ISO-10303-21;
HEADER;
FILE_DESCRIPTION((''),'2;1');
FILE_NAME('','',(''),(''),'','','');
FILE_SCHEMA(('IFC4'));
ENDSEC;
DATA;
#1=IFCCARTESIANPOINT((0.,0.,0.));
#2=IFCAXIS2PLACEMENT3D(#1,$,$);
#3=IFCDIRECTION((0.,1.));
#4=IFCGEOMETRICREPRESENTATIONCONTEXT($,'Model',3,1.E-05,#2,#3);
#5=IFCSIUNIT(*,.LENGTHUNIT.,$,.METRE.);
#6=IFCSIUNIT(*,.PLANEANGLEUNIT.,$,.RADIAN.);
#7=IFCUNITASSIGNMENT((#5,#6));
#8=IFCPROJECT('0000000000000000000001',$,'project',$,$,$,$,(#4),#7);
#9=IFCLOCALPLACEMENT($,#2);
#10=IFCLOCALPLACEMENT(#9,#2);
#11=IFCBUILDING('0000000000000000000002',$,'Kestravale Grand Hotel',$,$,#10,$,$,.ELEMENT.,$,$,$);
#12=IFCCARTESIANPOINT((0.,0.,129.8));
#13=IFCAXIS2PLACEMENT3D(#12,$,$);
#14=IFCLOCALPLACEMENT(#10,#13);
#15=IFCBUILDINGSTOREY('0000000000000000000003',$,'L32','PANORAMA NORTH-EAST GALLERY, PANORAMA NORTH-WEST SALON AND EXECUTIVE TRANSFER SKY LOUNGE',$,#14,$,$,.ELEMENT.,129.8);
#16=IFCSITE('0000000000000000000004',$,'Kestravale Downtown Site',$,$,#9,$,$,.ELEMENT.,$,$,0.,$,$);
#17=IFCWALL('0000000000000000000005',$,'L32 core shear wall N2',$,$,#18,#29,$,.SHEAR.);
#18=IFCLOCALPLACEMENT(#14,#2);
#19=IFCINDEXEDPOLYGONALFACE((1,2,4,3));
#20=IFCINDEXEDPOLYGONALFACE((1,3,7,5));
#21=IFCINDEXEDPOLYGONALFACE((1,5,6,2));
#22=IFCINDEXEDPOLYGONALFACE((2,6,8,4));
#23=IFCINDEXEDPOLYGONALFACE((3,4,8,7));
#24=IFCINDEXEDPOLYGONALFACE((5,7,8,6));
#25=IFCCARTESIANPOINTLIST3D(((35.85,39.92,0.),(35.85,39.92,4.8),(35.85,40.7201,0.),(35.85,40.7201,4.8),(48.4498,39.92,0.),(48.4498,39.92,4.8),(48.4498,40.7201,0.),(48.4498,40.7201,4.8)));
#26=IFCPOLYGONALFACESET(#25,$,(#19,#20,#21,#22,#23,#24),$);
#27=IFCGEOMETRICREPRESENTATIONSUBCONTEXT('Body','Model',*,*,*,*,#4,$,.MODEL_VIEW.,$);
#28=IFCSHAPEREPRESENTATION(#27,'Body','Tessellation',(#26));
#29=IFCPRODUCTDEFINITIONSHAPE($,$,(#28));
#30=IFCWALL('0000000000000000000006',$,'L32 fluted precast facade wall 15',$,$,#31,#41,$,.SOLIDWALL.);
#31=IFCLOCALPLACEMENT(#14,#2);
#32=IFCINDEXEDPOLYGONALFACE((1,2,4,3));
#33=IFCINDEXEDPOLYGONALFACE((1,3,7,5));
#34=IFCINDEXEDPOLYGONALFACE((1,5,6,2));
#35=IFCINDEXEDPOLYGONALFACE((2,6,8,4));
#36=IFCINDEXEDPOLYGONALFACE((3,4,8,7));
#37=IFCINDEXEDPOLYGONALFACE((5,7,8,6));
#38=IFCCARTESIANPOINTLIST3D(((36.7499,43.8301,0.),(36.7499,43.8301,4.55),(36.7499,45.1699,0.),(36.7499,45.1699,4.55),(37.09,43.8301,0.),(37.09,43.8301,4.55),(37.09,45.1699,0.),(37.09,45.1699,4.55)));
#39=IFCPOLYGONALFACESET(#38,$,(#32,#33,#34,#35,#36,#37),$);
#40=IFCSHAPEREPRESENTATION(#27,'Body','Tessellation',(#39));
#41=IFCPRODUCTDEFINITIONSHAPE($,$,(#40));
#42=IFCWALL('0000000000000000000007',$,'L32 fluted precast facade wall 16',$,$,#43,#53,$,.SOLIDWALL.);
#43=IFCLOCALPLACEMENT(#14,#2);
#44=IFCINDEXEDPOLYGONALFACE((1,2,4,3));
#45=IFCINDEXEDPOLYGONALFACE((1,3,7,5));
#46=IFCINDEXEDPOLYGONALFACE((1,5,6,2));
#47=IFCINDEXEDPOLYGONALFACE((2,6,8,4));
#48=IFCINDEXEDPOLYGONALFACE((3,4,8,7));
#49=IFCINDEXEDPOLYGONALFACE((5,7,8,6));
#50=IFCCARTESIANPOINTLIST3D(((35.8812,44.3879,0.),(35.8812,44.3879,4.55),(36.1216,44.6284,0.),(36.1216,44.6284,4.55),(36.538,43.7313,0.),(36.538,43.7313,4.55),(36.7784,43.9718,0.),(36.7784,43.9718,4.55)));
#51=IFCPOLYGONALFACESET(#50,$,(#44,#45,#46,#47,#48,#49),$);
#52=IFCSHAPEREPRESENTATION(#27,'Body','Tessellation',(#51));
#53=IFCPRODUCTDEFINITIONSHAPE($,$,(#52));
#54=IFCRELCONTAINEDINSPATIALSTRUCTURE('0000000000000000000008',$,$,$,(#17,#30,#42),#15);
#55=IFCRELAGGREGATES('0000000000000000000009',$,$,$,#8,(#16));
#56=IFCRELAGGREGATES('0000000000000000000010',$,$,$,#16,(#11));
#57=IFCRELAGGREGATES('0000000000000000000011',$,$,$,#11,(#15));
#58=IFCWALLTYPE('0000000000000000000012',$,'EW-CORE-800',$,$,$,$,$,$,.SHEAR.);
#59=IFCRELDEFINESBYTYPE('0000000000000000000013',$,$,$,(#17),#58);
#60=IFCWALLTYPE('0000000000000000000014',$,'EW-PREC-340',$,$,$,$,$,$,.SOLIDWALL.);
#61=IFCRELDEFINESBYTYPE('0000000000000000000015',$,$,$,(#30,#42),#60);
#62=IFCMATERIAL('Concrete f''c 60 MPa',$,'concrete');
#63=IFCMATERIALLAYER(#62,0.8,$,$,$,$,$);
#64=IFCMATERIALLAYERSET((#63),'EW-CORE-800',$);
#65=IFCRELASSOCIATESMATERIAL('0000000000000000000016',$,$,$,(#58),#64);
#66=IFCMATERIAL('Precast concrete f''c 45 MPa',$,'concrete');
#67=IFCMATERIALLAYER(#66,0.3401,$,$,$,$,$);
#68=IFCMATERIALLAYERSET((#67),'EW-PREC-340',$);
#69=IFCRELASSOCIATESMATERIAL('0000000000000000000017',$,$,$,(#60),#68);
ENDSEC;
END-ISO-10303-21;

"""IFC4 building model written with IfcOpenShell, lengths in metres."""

from ifc_helpers import new_model, si_unit, direction, frame, frame_2d, origin, place, context, subcontext, project, spatial, rectangle, extrude, material, layer, layer_set, type_object, element, save


model = new_model("IFC4")

# Units and contexts
model_context = context("Model", 3, precision=1e-05, world=origin(), true_north=direction((0.0, 1.0)))
body_context = subcontext(model_context, "Body", "Model", "MODEL_VIEW")
ifc_project = project(units=[si_unit("LENGTHUNIT", "METRE"), si_unit("PLANEANGLEUNIT", "RADIAN")], contexts=[model_context])

# Site, building, storey
site_placement = place(None, origin())
site = spatial("IfcSite", under=ifc_project, at=site_placement, Name="Kestravale Downtown Site", CompositionType="ELEMENT", RefElevation=0.0)
building_placement = place(site_placement, origin())
building = spatial("IfcBuilding", under=site, at=building_placement, Name="Kestravale Grand Hotel", CompositionType="ELEMENT")
storey_placement = place(building_placement, frame((0.0, 0.0, 129.8)))
storey = spatial("IfcBuildingStorey", under=building, at=storey_placement, Name="L32", Description="PANORAMA NORTH-EAST GALLERY, PANORAMA NORTH-WEST SALON AND EXECUTIVE TRANSFER SKY LOUNGE", CompositionType="ELEMENT", Elevation=129.8)

# Wall
ifc_material_1 = material(Name="Concrete f'c 60 MPa", Category="concrete")
ifc_layer_1 = layer(ifc_material_1, 0.8)
ifc_layer_set_1 = layer_set([ifc_layer_1], Name="EW-CORE-800")
wall_type_1 = type_object("IfcWallType", Name="EW-CORE-800", PredefinedType="SHEAR", material=ifc_layer_set_1)
wall_1_placement = place(storey_placement, frame((35.8501, 40.3201, 0.0), z_axis=(0.0, 0.0, 1.0), x_axis=(1.0, 0.0, 0.0)))
element("IfcWall", 1, at=wall_1_placement, inside=storey, type_object=wall_type_1, Name="L32 core shear wall N2", PredefinedType="SHEAR", context=body_context, shape_type="SweptSolid", body=[
    extrude(rectangle(XDim=12.5999, YDim=0.8, at=frame_2d((6.2998, 0.0))), origin(), (0.0, 0.0, 1.0), 4.8),
])

# Walls
ifc_material_2 = material(Name="Precast concrete f'c 45 MPa", Category="concrete")
ifc_layer_2 = layer(ifc_material_2, 0.3401)
ifc_layer_set_2 = layer_set([ifc_layer_2], Name="EW-PREC-340")
wall_type_2 = type_object("IfcWallType", Name="EW-PREC-340", PredefinedType="SOLIDWALL", material=ifc_layer_set_2)
wall_2_placement = place(storey_placement, frame((36.9199, 45.1699, 0.0), z_axis=(0.0, 0.0, 1.0), x_axis=(0.0, -1.0, 0.0)))
element("IfcWall", 2, at=wall_2_placement, inside=storey, type_object=wall_type_2, Name="L32 fluted precast facade wall 15", PredefinedType="SOLIDWALL", context=body_context, shape_type="SweptSolid", body=[
    extrude(rectangle(XDim=1.3398, YDim=0.3401, at=frame_2d((0.6699, 0.0))), origin(), (0.0, 0.0, 1.0), 4.55),
])
wall_3_placement = place(storey_placement, frame((36.6582, 43.8516, 0.0), z_axis=(0.0, 0.0, 1.0), x_axis=(-0.707238, 0.706975, 0.0)))
element("IfcWall", 3, at=wall_3_placement, inside=storey, type_object=wall_type_2, Name="L32 fluted precast facade wall 16", PredefinedType="SOLIDWALL", context=body_context, shape_type="SweptSolid", body=[
    extrude(rectangle(XDim=0.9287, YDim=0.3401, at=frame_2d((0.4644, 0.0))), origin(), (0.0, 0.0, 1.0), 4.55),
])

save(model, "model.ifc")
